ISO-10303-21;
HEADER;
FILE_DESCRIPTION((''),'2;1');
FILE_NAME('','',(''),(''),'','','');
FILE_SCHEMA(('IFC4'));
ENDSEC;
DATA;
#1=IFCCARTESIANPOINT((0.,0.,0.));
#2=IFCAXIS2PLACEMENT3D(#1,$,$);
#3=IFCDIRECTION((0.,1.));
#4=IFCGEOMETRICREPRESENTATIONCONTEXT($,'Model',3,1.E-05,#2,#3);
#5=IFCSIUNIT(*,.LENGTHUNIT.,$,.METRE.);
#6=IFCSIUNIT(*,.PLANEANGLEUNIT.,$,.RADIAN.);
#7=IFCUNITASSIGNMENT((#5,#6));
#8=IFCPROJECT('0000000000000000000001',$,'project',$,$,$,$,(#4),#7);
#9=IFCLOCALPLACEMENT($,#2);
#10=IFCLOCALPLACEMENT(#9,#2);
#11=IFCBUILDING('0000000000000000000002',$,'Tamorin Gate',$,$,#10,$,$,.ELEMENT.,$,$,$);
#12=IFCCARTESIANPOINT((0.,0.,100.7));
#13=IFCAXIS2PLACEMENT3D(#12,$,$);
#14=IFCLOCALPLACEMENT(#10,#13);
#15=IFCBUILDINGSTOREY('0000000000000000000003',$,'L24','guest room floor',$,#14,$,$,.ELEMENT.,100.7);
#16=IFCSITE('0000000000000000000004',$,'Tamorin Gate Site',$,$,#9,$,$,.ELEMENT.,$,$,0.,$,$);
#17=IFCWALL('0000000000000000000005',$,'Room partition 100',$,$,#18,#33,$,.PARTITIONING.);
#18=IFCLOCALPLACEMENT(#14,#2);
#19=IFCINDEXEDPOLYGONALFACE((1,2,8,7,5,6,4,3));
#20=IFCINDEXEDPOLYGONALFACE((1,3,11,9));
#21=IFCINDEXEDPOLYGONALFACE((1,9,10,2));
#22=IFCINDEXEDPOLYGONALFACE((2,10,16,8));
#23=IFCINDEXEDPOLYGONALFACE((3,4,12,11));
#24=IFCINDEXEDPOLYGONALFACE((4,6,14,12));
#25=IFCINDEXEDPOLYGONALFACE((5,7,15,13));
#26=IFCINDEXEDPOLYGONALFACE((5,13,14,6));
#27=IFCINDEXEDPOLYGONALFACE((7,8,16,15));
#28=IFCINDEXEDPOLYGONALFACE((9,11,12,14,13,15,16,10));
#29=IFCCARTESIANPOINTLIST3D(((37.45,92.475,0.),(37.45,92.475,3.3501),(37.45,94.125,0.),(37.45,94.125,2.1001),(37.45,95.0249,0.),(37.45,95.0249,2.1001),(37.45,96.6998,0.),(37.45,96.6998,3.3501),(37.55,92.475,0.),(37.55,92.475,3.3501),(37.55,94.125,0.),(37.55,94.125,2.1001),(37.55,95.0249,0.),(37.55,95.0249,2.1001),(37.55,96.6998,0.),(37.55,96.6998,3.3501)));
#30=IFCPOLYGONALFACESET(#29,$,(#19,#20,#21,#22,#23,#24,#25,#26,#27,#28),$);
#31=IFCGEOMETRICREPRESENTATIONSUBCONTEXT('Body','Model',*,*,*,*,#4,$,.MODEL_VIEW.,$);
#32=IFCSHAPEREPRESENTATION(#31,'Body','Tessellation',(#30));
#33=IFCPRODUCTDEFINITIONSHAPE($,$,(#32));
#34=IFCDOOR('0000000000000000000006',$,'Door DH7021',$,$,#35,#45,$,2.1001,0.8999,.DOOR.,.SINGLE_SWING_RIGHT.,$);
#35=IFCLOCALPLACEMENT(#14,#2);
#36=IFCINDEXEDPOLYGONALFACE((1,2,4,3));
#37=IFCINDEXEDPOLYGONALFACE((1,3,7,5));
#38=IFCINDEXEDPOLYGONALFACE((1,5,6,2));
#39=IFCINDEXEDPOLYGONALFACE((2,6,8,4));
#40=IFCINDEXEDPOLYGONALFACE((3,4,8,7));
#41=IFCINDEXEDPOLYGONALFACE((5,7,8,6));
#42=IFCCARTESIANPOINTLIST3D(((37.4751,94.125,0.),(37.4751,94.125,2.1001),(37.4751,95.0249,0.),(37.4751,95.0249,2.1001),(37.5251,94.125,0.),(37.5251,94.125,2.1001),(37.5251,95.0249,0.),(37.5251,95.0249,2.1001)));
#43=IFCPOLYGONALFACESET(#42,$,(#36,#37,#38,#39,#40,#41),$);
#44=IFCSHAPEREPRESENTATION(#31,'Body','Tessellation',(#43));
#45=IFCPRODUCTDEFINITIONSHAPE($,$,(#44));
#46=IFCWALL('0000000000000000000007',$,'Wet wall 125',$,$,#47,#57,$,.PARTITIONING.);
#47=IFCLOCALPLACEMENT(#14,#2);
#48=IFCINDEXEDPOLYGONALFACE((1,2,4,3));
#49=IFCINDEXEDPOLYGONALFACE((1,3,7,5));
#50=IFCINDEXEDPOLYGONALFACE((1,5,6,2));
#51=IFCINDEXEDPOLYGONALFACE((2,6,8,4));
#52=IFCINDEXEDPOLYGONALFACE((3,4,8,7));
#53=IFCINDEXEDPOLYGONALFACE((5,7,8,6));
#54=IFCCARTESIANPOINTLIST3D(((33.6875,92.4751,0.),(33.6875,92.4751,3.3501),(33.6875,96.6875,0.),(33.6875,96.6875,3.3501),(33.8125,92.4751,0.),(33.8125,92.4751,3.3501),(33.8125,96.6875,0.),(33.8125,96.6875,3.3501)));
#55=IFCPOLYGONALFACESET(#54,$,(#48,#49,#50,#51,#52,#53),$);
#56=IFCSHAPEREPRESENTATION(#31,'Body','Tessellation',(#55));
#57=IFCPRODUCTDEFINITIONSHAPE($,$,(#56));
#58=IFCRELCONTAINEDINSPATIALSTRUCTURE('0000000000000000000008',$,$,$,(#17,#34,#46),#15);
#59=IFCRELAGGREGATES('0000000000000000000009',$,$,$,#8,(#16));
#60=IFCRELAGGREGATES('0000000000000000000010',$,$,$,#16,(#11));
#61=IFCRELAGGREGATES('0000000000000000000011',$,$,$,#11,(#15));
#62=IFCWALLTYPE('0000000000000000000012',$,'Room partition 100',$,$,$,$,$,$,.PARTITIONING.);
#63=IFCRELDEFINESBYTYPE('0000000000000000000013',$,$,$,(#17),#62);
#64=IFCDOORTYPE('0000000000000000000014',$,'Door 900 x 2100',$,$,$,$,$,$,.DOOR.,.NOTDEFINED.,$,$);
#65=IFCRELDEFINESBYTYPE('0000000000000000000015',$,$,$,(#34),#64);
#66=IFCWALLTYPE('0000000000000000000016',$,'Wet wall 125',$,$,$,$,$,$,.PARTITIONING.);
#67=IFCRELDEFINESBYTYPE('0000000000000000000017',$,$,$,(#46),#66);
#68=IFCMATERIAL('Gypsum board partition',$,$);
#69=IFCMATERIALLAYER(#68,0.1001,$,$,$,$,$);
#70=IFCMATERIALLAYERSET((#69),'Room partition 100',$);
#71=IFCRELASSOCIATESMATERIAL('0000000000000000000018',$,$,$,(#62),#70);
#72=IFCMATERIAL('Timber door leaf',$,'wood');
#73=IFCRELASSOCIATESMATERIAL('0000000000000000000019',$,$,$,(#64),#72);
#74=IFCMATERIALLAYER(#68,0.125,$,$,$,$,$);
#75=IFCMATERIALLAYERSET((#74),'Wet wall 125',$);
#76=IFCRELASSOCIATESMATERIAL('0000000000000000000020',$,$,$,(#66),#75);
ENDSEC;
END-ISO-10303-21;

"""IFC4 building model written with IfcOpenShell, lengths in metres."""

from ifc_helpers import new_model, si_unit, direction, frame, frame_2d, origin, place, context, subcontext, project, spatial, rectangle, extrude, material, layer, layer_set, type_object, element, fill, save


model = new_model("IFC4")

# Units and contexts
model_context = context("Model", 3, precision=1e-05, world=origin(), true_north=direction((0.0, 1.0)))
body_context = subcontext(model_context, "Body", "Model", "MODEL_VIEW")
ifc_project = project(units=[si_unit("LENGTHUNIT", "METRE"), si_unit("PLANEANGLEUNIT", "RADIAN")], contexts=[model_context])

# Site, building, storey
site_placement = place(None, origin())
site = spatial("IfcSite", under=ifc_project, at=site_placement, Name="Tamorin Gate Site", CompositionType="ELEMENT", RefElevation=0.0)
building_placement = place(site_placement, origin())
building = spatial("IfcBuilding", under=site, at=building_placement, Name="Tamorin Gate", CompositionType="ELEMENT")
storey_placement = place(building_placement, frame((0.0, 0.0, 100.7)))
storey = spatial("IfcBuildingStorey", under=building, at=storey_placement, Name="L24", Description="guest room floor", CompositionType="ELEMENT", Elevation=100.7)

# Shared definitions
ifc_material_1 = material(Name="Gypsum board partition")
ifc_material_2 = material(Name="Timber door leaf", Category="wood")

# Wall, opening, door
ifc_layer_1 = layer(ifc_material_1, 0.1001)
ifc_layer_set_1 = layer_set([ifc_layer_1], Name="Room partition 100")
wall_type_1 = type_object("IfcWallType", Name="Room partition 100", PredefinedType="PARTITIONING", material=ifc_layer_set_1)
wall_1_placement = place(storey_placement, frame((37.5, 92.4751, 0.0), z_axis=(0.0, 0.0, 1.0), x_axis=(0.0, 1.0, 0.0)))
wall_1 = element("IfcWall", 1, at=wall_1_placement, inside=storey, type_object=wall_type_1, Name="Room partition 100", PredefinedType="PARTITIONING", context=body_context, shape_type="SweptSolid", body=[
    extrude(rectangle(XDim=4.2249, YDim=0.1001, at=frame_2d((2.1123, 0.0))), origin(), (0.0, 0.0, 1.0), 3.3501),
])
opening_1_placement = place(wall_1_placement, frame((1.6499, 0.0, 0.0)))
opening_1 = element("IfcOpeningElement", 2, at=opening_1_placement, cuts=wall_1, PredefinedType="OPENING", context=body_context, shape_type="SweptSolid", body=[
    extrude(rectangle(XDim=0.8999, YDim=2.1001, at=frame_2d((0.45, 1.05))), frame((0.0, 0.0601, 0.0), z_axis=(0.0, -1.0, 0.0), x_axis=(1.0, 0.0, 0.0)), (0.0, 0.0, 1.0), 0.1201),
])
door_type_1 = type_object("IfcDoorType", Name="Door 900 x 2100", OperationType="NOTDEFINED", PredefinedType="DOOR", material=ifc_material_2)
door_1_placement = place(opening_1_placement, origin())
door_1 = element("IfcDoor", 3, at=door_1_placement, inside=storey, type_object=door_type_1, Name="Door DH7021", OperationType="SINGLE_SWING_RIGHT", OverallHeight=2.1001, OverallWidth=0.8999, PredefinedType="DOOR", context=body_context, shape_type="SweptSolid", body=[
    extrude(rectangle(XDim=0.8999, YDim=2.1001, at=frame_2d((0.45, 1.05))), frame((0.0, 0.0249, 0.0), z_axis=(0.0, -1.0, 0.0), x_axis=(1.0, 0.0, 0.0)), (0.0, 0.0, 1.0), 0.05),
])
fill(opening_1, door_1)

# Wall
ifc_layer_2 = layer(ifc_material_1, 0.125)
ifc_layer_set_2 = layer_set([ifc_layer_2], Name="Wet wall 125")
wall_type_2 = type_object("IfcWallType", Name="Wet wall 125", PredefinedType="PARTITIONING", material=ifc_layer_set_2)
wall_2_placement = place(storey_placement, frame((33.75, 92.4751, 0.0), z_axis=(0.0, 0.0, 1.0), x_axis=(0.0, 1.0, 0.0)))
element("IfcWall", 4, at=wall_2_placement, inside=storey, type_object=wall_type_2, Name="Wet wall 125", PredefinedType="PARTITIONING", context=body_context, shape_type="SweptSolid", body=[
    extrude(rectangle(XDim=4.2124, YDim=0.125, at=frame_2d((2.1062, 0.0))), origin(), (0.0, 0.0, 1.0), 3.3501),
])

save(model, "model.ifc")
